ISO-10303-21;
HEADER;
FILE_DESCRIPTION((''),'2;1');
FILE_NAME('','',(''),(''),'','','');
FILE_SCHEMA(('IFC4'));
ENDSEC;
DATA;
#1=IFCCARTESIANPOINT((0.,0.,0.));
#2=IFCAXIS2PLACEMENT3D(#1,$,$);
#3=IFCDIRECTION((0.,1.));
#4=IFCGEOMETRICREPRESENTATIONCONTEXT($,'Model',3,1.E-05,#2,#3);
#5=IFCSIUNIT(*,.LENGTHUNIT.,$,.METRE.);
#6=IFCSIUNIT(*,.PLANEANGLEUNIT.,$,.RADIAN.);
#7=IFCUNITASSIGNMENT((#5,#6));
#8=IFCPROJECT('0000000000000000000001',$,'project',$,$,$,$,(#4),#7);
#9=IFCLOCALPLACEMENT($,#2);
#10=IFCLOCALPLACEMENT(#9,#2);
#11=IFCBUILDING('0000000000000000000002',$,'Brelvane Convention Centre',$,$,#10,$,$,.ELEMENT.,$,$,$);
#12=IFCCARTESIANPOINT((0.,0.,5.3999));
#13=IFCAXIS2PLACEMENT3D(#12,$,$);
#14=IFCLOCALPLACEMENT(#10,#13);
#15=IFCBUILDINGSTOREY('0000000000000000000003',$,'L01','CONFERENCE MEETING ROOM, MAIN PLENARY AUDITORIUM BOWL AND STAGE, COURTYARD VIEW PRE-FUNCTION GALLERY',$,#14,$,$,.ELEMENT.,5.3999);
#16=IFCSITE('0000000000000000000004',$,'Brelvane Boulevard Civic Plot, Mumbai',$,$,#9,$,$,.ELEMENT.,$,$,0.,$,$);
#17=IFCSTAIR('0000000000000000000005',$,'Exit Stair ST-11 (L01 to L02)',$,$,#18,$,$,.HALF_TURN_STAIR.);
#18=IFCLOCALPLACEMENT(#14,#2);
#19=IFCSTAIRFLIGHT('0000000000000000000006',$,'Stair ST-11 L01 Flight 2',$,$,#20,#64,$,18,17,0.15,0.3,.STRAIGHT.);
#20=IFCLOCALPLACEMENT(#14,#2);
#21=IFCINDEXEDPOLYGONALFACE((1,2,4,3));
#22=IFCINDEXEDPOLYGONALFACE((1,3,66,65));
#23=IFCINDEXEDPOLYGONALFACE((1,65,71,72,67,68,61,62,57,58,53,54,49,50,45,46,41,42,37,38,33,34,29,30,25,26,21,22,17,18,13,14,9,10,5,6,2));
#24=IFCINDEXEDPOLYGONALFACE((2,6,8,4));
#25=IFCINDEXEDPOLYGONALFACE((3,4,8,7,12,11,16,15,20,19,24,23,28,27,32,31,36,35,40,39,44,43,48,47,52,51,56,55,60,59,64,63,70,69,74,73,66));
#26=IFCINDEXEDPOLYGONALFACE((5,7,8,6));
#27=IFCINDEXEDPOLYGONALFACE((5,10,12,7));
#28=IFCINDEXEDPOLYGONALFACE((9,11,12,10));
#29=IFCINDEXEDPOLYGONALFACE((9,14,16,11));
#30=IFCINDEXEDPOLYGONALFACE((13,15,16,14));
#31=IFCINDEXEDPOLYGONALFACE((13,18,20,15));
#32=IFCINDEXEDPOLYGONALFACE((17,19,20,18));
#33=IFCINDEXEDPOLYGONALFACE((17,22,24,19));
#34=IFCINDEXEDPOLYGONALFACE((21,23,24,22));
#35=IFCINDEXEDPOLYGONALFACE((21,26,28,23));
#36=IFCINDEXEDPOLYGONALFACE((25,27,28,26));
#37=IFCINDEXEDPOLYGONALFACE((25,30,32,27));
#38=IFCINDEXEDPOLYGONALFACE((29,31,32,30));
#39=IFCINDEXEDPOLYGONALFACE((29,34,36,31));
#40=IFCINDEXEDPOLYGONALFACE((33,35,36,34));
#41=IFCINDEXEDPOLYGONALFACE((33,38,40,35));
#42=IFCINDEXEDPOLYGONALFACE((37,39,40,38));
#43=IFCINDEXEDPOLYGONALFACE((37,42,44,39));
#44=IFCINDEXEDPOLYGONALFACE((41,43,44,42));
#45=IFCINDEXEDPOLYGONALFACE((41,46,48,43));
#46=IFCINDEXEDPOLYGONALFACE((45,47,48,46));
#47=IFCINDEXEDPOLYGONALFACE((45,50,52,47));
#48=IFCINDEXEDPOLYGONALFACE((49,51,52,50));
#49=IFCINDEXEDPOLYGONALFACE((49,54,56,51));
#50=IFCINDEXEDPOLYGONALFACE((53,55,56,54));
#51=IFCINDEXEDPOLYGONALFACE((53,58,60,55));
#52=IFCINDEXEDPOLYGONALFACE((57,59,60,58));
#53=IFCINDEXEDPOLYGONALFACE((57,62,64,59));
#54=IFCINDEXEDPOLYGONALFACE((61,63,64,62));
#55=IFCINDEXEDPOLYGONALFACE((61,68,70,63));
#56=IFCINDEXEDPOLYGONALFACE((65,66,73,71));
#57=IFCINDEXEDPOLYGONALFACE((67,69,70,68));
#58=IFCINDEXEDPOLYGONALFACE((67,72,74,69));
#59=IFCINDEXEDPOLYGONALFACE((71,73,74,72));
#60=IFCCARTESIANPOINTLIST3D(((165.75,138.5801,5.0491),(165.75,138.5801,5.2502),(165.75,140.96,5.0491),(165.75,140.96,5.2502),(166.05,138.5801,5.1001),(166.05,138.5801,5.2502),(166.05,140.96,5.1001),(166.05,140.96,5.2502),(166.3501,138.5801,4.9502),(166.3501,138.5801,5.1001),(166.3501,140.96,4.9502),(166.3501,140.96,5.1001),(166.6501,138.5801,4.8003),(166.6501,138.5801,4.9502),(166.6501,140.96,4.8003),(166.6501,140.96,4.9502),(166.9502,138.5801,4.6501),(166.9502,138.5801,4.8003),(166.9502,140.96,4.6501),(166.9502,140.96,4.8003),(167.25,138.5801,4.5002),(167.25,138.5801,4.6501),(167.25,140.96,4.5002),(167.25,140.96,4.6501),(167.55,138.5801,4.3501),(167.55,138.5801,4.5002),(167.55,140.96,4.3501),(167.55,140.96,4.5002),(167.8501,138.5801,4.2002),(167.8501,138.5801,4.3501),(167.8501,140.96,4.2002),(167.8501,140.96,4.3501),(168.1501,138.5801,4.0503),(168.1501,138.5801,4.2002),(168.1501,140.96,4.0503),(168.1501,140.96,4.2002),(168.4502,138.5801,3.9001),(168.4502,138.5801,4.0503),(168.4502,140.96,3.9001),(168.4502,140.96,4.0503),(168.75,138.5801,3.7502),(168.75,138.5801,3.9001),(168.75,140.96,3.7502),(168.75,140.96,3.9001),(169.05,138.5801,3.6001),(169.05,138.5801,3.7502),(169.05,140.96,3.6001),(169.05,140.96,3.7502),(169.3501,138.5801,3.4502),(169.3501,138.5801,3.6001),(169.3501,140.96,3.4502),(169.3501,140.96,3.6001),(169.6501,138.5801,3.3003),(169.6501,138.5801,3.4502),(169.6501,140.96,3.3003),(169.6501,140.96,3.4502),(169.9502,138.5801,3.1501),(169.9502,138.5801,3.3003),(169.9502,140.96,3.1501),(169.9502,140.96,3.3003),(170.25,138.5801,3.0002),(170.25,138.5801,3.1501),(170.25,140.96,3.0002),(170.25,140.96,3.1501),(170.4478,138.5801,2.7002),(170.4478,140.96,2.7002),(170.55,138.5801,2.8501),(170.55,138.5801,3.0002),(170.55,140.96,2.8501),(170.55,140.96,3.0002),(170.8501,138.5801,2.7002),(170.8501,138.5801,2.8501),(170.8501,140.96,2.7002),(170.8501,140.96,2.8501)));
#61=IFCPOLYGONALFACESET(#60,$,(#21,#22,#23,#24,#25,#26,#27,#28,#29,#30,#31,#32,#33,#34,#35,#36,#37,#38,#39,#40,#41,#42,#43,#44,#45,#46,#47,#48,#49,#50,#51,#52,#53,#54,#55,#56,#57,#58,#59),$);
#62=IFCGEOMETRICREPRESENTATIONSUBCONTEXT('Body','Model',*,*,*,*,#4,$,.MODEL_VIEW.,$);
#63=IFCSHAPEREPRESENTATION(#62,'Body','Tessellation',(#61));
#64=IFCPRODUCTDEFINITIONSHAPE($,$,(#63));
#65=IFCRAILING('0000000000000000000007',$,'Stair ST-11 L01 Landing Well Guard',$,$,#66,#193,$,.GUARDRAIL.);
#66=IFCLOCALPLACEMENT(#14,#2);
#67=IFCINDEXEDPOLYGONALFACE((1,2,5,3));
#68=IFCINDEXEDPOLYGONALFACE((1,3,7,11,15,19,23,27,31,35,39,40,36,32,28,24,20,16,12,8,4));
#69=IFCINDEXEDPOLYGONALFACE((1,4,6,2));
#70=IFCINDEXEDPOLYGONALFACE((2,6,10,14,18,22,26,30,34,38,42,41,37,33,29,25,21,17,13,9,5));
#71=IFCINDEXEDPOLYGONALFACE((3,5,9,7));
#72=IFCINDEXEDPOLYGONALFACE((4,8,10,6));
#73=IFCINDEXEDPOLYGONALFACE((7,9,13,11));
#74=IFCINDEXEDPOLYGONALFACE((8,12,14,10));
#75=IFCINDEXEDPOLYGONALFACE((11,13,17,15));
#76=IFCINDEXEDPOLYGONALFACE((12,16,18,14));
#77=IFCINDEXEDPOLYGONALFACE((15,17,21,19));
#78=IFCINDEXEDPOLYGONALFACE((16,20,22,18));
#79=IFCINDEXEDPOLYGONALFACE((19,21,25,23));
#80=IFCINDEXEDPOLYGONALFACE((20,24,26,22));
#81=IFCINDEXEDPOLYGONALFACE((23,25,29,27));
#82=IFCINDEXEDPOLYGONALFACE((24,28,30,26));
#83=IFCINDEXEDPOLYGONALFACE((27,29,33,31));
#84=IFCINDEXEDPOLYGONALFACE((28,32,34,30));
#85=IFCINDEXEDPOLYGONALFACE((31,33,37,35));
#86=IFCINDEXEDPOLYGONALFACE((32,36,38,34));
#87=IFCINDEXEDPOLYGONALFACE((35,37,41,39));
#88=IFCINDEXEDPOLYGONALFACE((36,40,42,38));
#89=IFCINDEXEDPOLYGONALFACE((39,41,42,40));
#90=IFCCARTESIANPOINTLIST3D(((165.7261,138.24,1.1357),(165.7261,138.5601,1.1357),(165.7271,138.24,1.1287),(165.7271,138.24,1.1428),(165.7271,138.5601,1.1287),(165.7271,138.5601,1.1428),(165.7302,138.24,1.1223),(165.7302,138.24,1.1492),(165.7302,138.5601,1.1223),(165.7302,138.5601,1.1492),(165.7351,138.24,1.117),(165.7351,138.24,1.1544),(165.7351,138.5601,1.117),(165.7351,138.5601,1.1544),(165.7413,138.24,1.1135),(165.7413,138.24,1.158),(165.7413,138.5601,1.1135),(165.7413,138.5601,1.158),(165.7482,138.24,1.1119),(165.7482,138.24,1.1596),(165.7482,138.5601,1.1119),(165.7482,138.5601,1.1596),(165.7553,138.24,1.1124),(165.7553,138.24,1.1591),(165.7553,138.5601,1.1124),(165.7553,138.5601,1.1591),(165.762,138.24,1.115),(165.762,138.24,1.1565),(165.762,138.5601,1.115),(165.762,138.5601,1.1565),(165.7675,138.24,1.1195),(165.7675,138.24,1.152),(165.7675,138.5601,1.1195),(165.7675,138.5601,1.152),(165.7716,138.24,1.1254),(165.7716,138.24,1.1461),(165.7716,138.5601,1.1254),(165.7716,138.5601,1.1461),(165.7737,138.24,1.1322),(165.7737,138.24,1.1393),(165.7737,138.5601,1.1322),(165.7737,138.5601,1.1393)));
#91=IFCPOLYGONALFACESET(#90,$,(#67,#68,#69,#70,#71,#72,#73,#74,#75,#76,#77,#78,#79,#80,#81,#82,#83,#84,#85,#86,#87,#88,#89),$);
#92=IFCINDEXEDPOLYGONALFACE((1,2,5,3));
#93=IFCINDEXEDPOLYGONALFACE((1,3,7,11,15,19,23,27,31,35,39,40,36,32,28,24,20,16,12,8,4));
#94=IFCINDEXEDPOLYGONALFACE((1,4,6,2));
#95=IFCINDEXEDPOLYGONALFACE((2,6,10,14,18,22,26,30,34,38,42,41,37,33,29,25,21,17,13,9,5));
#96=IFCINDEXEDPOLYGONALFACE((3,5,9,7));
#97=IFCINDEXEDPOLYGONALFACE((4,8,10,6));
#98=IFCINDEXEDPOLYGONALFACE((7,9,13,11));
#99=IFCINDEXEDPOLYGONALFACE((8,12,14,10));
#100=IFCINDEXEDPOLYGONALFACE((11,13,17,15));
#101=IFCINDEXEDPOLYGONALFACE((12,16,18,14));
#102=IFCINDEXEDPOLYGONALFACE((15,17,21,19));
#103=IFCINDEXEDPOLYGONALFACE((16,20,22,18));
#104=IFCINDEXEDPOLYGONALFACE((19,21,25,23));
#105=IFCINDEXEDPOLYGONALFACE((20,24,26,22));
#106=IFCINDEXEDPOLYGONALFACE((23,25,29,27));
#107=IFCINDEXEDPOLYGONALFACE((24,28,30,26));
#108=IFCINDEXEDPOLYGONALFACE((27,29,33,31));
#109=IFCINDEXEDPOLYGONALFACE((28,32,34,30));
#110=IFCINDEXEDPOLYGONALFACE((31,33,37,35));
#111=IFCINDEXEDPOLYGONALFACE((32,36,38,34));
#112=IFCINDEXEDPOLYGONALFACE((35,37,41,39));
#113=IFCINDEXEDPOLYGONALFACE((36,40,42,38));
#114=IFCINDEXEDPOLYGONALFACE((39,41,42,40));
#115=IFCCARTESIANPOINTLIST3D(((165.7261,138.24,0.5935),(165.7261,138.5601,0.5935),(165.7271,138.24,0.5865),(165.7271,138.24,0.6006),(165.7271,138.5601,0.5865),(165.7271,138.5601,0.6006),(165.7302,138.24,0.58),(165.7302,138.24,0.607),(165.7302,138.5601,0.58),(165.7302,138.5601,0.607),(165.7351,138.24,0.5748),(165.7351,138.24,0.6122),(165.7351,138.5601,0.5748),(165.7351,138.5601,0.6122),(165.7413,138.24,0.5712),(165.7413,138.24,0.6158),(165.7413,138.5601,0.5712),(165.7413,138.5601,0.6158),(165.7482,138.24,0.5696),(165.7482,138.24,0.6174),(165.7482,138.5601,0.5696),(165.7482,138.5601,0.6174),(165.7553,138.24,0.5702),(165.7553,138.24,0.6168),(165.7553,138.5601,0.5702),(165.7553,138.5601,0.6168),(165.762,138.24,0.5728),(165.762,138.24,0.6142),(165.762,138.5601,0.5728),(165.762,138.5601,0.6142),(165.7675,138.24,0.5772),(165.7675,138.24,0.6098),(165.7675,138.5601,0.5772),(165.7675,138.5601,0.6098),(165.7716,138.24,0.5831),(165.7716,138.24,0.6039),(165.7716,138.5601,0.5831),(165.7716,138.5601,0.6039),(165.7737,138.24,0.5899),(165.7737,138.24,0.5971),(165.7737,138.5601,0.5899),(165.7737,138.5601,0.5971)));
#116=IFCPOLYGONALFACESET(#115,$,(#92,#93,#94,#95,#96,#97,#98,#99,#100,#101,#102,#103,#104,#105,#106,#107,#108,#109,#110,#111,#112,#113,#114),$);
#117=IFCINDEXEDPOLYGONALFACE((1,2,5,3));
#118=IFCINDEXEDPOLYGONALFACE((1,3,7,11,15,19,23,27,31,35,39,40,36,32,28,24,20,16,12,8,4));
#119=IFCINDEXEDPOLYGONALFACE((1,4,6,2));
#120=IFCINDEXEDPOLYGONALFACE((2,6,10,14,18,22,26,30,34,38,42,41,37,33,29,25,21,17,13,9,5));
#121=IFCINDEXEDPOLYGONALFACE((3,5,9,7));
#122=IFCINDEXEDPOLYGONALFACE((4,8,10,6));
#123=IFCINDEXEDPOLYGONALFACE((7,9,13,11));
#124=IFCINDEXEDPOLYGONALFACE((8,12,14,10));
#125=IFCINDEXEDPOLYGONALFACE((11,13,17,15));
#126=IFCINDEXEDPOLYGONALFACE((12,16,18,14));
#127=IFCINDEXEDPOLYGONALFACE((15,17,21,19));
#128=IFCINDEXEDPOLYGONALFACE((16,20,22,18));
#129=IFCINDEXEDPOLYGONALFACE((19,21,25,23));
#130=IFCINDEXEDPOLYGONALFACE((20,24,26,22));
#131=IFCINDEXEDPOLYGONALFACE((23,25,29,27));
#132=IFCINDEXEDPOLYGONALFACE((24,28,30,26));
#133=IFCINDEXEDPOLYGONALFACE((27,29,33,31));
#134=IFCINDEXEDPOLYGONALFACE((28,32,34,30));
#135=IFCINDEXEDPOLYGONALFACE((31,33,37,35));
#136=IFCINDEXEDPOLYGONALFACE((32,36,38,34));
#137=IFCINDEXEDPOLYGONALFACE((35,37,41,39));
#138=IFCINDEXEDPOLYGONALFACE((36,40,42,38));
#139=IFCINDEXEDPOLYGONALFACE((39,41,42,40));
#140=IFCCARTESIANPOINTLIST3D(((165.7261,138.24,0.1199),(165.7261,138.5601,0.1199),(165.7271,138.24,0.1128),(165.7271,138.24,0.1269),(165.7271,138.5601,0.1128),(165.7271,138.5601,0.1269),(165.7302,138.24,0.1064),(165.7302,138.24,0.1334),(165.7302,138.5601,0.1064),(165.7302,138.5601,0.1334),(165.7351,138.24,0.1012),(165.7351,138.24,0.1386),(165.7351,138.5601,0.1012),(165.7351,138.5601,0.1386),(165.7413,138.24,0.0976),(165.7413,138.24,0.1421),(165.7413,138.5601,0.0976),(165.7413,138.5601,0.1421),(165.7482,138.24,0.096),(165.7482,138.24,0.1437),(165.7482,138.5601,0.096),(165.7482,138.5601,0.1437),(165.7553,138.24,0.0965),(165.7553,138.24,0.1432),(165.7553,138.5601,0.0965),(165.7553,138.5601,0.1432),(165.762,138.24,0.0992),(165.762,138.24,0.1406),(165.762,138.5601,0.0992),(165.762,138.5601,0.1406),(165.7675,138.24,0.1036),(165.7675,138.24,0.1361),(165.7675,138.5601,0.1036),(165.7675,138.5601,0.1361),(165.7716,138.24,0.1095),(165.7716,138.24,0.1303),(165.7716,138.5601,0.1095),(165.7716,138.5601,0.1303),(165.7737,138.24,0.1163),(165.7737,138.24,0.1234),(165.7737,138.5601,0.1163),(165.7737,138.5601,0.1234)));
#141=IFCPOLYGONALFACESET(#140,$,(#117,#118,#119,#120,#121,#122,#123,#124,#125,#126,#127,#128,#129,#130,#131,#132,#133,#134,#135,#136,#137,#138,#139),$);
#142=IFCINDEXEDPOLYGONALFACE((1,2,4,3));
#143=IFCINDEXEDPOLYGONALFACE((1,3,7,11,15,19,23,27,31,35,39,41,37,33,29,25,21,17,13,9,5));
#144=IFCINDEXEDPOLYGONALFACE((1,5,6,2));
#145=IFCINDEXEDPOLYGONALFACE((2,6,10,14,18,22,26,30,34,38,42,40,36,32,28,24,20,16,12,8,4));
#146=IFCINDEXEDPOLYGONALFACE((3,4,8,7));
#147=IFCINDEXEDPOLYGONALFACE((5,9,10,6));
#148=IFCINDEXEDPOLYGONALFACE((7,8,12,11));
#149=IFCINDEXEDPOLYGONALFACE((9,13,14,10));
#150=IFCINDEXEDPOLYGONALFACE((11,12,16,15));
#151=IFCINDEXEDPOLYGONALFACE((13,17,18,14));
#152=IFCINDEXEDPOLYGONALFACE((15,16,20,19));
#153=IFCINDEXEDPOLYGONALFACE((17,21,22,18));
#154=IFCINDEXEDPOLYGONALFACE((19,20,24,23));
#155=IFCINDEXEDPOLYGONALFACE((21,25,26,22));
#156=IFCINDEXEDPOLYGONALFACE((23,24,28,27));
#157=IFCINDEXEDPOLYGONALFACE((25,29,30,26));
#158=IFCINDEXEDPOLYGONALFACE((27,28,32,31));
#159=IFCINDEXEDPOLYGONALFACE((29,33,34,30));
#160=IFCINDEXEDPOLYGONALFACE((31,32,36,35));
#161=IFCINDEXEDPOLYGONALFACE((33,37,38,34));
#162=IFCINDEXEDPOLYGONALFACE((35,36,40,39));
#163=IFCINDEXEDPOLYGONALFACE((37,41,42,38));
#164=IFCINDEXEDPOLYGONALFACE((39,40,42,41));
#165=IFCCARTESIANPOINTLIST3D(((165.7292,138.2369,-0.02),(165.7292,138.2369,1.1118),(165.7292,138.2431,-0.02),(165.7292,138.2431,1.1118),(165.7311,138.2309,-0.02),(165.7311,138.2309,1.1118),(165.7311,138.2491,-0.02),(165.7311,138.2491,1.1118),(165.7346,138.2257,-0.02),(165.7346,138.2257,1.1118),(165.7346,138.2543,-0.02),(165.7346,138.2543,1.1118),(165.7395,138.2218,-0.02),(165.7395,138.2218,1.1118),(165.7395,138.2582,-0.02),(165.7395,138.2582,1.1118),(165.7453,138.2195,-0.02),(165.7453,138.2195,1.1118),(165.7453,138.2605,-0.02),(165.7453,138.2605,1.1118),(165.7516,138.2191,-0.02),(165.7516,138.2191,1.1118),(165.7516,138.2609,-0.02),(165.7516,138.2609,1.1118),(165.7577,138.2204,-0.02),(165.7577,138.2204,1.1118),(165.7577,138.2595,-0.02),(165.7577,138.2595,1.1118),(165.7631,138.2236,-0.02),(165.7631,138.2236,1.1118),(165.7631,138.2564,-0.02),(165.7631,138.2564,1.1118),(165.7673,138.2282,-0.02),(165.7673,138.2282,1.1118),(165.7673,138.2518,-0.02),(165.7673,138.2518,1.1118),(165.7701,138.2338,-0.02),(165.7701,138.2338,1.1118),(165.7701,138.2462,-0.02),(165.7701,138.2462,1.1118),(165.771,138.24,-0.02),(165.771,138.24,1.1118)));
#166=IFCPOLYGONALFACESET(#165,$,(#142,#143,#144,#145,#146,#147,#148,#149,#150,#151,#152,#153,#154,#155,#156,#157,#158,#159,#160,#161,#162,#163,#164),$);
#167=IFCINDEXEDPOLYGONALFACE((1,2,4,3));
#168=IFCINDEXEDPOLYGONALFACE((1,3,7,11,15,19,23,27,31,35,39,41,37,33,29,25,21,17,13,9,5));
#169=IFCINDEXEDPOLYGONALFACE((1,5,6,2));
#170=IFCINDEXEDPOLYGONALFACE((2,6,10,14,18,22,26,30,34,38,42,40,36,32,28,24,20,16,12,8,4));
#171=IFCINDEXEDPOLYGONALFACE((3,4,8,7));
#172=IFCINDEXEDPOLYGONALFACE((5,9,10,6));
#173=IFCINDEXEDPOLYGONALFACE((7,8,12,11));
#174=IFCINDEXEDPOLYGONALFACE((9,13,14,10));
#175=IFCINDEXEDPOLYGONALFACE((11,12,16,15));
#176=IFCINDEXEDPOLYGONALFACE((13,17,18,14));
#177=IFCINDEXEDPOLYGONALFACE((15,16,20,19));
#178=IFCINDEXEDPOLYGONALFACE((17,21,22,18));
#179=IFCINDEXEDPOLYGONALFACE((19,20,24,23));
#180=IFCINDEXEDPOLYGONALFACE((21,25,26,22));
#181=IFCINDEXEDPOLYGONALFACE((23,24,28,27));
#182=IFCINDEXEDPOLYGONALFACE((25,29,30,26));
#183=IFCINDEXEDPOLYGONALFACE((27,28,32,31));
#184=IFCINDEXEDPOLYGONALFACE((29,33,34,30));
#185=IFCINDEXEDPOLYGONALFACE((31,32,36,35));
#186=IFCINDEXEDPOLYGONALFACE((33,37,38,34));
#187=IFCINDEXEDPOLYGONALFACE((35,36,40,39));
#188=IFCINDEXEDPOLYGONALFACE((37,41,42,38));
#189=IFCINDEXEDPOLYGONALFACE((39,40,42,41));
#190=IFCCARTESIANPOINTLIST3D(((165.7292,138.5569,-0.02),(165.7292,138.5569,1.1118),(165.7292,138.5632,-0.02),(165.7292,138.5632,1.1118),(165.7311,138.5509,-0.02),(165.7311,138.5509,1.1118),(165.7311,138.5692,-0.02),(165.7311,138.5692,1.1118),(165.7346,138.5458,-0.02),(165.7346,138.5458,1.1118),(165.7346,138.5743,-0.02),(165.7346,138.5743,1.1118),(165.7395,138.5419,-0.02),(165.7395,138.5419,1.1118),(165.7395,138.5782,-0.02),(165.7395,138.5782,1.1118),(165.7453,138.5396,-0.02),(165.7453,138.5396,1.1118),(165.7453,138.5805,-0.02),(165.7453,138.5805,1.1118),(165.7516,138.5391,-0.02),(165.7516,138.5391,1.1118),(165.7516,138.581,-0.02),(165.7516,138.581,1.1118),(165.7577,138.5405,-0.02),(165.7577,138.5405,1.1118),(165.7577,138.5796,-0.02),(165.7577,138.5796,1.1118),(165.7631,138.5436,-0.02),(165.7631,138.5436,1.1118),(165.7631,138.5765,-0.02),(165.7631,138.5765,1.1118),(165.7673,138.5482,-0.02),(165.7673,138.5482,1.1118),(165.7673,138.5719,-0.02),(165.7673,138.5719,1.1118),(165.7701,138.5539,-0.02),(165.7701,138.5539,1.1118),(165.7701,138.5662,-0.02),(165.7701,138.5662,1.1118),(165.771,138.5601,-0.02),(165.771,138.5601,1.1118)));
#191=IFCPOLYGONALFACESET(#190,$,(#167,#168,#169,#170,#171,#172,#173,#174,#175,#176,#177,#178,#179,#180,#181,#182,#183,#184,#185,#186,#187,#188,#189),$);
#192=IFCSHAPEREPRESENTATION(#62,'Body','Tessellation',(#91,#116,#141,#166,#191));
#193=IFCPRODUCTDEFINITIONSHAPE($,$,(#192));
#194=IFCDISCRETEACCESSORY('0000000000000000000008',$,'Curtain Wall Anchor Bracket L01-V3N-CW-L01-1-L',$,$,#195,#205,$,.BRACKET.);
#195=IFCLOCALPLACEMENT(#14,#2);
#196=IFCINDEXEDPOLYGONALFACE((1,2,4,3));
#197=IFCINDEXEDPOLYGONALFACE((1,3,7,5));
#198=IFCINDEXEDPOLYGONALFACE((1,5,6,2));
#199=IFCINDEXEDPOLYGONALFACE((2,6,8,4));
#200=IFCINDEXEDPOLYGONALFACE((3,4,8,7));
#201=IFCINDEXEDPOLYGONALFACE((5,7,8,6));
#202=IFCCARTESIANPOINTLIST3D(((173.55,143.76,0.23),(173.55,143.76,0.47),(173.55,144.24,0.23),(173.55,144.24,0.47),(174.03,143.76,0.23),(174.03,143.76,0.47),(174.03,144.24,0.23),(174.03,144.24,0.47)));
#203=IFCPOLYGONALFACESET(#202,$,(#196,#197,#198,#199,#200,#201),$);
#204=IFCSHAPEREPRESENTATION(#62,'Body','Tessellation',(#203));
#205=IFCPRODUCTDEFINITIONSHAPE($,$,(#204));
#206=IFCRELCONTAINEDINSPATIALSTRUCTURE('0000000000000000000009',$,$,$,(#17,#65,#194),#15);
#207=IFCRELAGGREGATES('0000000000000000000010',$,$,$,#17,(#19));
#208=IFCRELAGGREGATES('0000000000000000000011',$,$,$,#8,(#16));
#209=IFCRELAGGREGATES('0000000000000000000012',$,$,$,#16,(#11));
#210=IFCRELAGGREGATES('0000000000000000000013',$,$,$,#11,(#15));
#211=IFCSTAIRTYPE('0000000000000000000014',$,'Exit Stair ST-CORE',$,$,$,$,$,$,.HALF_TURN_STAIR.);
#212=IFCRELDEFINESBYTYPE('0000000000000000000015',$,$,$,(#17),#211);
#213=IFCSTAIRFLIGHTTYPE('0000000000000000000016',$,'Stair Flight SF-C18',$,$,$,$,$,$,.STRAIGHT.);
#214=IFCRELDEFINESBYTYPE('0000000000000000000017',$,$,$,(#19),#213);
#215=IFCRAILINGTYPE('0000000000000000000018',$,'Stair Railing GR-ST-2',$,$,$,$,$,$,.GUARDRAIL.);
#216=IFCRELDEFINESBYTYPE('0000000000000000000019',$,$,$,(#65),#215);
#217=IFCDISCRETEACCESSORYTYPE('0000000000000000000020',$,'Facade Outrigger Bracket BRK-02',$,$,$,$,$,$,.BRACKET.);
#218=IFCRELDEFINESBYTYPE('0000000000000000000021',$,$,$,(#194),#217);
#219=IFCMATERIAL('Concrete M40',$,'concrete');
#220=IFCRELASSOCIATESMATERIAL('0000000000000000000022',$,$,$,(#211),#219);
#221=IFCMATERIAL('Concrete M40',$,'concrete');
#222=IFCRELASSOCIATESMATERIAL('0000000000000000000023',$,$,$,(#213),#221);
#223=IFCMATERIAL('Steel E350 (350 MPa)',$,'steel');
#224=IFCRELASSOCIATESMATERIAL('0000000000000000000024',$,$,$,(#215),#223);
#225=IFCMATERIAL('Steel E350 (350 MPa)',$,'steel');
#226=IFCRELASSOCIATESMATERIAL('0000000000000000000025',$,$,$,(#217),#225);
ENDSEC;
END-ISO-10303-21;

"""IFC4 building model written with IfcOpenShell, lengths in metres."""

from ifc_helpers import new_model, si_unit, direction, frame, origin, origin_2d, place, context, subcontext, project, spatial, polyline, rectangle, circle, outline, extrude, material, type_object, element, aggregate, save


model = new_model("IFC4")

# Units and contexts
model_context = context("Model", 3, precision=1e-05, world=origin(), true_north=direction((0.0, 1.0)))
body_context = subcontext(model_context, "Body", "Model", "MODEL_VIEW")
ifc_project = project(units=[si_unit("LENGTHUNIT", "METRE"), si_unit("PLANEANGLEUNIT", "RADIAN")], contexts=[model_context])

# Site, building, storey
site_placement = place(None, origin())
site = spatial("IfcSite", under=ifc_project, at=site_placement, Name="Brelvane Boulevard Civic Plot, Mumbai", CompositionType="ELEMENT", RefElevation=0.0)
building_placement = place(site_placement, origin())
building = spatial("IfcBuilding", under=site, at=building_placement, Name="Brelvane Convention Centre", CompositionType="ELEMENT")
storey_placement = place(building_placement, frame((0.0, 0.0, 5.3999)))
storey = spatial("IfcBuildingStorey", under=building, at=storey_placement, Name="L01", Description="CONFERENCE MEETING ROOM, MAIN PLENARY AUDITORIUM BOWL AND STAGE, COURTYARD VIEW PRE-FUNCTION GALLERY", CompositionType="ELEMENT", Elevation=5.3999)

# Stair, stair flight
ifc_material_1 = material(Name="Concrete M40", Category="concrete")
stair_type = type_object("IfcStairType", Name="Exit Stair ST-CORE", PredefinedType="HALF_TURN_STAIR", material=ifc_material_1)
stair_placement = place(storey_placement, origin())
stair = element("IfcStair", 1, at=stair_placement, inside=storey, type_object=stair_type, Name="Exit Stair ST-11 (L01 to L02)", PredefinedType="HALF_TURN_STAIR")
ifc_material_2 = material(Name="Concrete M40", Category="concrete")
stair_flight_type = type_object("IfcStairFlightType", Name="Stair Flight SF-C18", PredefinedType="STRAIGHT", material=ifc_material_2)
stair_flight_1_placement = place(storey_placement, frame((170.8501, 139.77, 2.7002), z_axis=(0.0, 0.0, 1.0), x_axis=(-1.0, 0.0, 0.0)))
stair_flight_1 = element("IfcStairFlight", 2, at=stair_flight_1_placement, type_object=stair_flight_type, Name="Stair ST-11 L01 Flight 2", NumberOfRisers=18, NumberOfTreads=17, PredefinedType="STRAIGHT", RiserHeight=0.15, TreadLength=0.3, context=body_context, shape_type="SweptSolid", body=[
    extrude(outline(polyline([(0.0, 0.0), (0.0, 0.1499), (0.3, 0.1499), (0.3, 0.3), (0.6001, 0.3), (0.6001, 0.45), (0.8999, 0.45), (0.8999, 0.6001), (1.2, 0.6001), (1.2, 0.75), (1.5, 0.75), (1.5, 0.8999), (1.8, 0.8999), (1.8, 1.05), (2.1001, 1.05), (2.1001, 1.2), (2.3999, 1.2), (2.3999, 1.3501), (2.7, 1.3501), (2.7, 1.5), (3.0, 1.5), (3.0, 1.6499), (3.3, 1.6499), (3.3, 1.8), (3.6001, 1.8), (3.6001, 1.95), (3.8999, 1.95), (3.8999, 2.1001), (4.2, 2.1001), (4.2, 2.25), (4.5, 2.25), (4.5, 2.3999), (4.8, 2.3999), (4.8, 2.55), (5.1001, 2.55), (5.1001, 2.7), (5.1001, 2.3489), (0.4023, 0.0), (0.0, 0.0)])), frame((0.0, 1.1899, 0.0), z_axis=(0.0, -1.0, 0.0), x_axis=(1.0, 0.0, 0.0)), (0.0, 0.0, 1.0), 2.3799),
])
aggregate(stair, [stair_flight_1])

# Railing
ifc_material_3 = material(Name="Steel E350 (350 MPa)", Category="steel")
railing_type_1 = type_object("IfcRailingType", Name="Stair Railing GR-ST-2", PredefinedType="GUARDRAIL", material=ifc_material_3)
railing_1_placement = place(storey_placement, frame((165.75, 138.24, -0.02)))
element("IfcRailing", 3, at=railing_1_placement, inside=storey, type_object=railing_type_1, Name="Stair ST-11 L01 Landing Well Guard", PredefinedType="GUARDRAIL", context=body_context, shape_type="SweptSolid", body=[
    extrude(circle(Radius=0.0239, at=origin_2d()), frame((0.0, 0.0, 1.1558), z_axis=(0.0, 1.0, 0.0), x_axis=(-1.0, 0.0, 0.0)), (0.0, 0.0, 1.0), 0.3201),
    extrude(circle(Radius=0.0239, at=origin_2d()), frame((0.0, 0.0, 0.6135), z_axis=(0.0, 1.0, 0.0), x_axis=(-1.0, 0.0, 0.0)), (0.0, 0.0, 1.0), 0.3201),
    extrude(circle(Radius=0.0239, at=origin_2d()), frame((0.0, 0.0, 0.1399), z_axis=(0.0, 1.0, 0.0), x_axis=(-1.0, 0.0, 0.0)), (0.0, 0.0, 1.0), 0.3201),
    extrude(circle(Radius=0.021, at=origin_2d()), origin(), (0.0, 0.0, 1.0), 1.1318),
    extrude(circle(Radius=0.021, at=origin_2d()), frame((0.0, 0.3201, 0.0)), (0.0, 0.0, 1.0), 1.1318),
])

# Discrete accessory
ifc_material_4 = material(Name="Steel E350 (350 MPa)", Category="steel")
discrete_accessory_type = type_object("IfcDiscreteAccessoryType", Name="Facade Outrigger Bracket BRK-02", PredefinedType="BRACKET", material=ifc_material_4)
discrete_accessory_placement = place(storey_placement, frame((173.79, 144.0, 0.23), z_axis=(0.0, 0.0, 1.0), x_axis=(1.0, 0.0, 0.0)))
element("IfcDiscreteAccessory", 4, at=discrete_accessory_placement, inside=storey, type_object=discrete_accessory_type, Name="Curtain Wall Anchor Bracket L01-V3N-CW-L01-1-L", PredefinedType="BRACKET", context=body_context, shape_type="SweptSolid", body=[
    extrude(rectangle(XDim=0.48, YDim=0.48, at=origin_2d()), origin(), (0.0, 0.0, 1.0), 0.24),
])

save(model, "model.ifc")
